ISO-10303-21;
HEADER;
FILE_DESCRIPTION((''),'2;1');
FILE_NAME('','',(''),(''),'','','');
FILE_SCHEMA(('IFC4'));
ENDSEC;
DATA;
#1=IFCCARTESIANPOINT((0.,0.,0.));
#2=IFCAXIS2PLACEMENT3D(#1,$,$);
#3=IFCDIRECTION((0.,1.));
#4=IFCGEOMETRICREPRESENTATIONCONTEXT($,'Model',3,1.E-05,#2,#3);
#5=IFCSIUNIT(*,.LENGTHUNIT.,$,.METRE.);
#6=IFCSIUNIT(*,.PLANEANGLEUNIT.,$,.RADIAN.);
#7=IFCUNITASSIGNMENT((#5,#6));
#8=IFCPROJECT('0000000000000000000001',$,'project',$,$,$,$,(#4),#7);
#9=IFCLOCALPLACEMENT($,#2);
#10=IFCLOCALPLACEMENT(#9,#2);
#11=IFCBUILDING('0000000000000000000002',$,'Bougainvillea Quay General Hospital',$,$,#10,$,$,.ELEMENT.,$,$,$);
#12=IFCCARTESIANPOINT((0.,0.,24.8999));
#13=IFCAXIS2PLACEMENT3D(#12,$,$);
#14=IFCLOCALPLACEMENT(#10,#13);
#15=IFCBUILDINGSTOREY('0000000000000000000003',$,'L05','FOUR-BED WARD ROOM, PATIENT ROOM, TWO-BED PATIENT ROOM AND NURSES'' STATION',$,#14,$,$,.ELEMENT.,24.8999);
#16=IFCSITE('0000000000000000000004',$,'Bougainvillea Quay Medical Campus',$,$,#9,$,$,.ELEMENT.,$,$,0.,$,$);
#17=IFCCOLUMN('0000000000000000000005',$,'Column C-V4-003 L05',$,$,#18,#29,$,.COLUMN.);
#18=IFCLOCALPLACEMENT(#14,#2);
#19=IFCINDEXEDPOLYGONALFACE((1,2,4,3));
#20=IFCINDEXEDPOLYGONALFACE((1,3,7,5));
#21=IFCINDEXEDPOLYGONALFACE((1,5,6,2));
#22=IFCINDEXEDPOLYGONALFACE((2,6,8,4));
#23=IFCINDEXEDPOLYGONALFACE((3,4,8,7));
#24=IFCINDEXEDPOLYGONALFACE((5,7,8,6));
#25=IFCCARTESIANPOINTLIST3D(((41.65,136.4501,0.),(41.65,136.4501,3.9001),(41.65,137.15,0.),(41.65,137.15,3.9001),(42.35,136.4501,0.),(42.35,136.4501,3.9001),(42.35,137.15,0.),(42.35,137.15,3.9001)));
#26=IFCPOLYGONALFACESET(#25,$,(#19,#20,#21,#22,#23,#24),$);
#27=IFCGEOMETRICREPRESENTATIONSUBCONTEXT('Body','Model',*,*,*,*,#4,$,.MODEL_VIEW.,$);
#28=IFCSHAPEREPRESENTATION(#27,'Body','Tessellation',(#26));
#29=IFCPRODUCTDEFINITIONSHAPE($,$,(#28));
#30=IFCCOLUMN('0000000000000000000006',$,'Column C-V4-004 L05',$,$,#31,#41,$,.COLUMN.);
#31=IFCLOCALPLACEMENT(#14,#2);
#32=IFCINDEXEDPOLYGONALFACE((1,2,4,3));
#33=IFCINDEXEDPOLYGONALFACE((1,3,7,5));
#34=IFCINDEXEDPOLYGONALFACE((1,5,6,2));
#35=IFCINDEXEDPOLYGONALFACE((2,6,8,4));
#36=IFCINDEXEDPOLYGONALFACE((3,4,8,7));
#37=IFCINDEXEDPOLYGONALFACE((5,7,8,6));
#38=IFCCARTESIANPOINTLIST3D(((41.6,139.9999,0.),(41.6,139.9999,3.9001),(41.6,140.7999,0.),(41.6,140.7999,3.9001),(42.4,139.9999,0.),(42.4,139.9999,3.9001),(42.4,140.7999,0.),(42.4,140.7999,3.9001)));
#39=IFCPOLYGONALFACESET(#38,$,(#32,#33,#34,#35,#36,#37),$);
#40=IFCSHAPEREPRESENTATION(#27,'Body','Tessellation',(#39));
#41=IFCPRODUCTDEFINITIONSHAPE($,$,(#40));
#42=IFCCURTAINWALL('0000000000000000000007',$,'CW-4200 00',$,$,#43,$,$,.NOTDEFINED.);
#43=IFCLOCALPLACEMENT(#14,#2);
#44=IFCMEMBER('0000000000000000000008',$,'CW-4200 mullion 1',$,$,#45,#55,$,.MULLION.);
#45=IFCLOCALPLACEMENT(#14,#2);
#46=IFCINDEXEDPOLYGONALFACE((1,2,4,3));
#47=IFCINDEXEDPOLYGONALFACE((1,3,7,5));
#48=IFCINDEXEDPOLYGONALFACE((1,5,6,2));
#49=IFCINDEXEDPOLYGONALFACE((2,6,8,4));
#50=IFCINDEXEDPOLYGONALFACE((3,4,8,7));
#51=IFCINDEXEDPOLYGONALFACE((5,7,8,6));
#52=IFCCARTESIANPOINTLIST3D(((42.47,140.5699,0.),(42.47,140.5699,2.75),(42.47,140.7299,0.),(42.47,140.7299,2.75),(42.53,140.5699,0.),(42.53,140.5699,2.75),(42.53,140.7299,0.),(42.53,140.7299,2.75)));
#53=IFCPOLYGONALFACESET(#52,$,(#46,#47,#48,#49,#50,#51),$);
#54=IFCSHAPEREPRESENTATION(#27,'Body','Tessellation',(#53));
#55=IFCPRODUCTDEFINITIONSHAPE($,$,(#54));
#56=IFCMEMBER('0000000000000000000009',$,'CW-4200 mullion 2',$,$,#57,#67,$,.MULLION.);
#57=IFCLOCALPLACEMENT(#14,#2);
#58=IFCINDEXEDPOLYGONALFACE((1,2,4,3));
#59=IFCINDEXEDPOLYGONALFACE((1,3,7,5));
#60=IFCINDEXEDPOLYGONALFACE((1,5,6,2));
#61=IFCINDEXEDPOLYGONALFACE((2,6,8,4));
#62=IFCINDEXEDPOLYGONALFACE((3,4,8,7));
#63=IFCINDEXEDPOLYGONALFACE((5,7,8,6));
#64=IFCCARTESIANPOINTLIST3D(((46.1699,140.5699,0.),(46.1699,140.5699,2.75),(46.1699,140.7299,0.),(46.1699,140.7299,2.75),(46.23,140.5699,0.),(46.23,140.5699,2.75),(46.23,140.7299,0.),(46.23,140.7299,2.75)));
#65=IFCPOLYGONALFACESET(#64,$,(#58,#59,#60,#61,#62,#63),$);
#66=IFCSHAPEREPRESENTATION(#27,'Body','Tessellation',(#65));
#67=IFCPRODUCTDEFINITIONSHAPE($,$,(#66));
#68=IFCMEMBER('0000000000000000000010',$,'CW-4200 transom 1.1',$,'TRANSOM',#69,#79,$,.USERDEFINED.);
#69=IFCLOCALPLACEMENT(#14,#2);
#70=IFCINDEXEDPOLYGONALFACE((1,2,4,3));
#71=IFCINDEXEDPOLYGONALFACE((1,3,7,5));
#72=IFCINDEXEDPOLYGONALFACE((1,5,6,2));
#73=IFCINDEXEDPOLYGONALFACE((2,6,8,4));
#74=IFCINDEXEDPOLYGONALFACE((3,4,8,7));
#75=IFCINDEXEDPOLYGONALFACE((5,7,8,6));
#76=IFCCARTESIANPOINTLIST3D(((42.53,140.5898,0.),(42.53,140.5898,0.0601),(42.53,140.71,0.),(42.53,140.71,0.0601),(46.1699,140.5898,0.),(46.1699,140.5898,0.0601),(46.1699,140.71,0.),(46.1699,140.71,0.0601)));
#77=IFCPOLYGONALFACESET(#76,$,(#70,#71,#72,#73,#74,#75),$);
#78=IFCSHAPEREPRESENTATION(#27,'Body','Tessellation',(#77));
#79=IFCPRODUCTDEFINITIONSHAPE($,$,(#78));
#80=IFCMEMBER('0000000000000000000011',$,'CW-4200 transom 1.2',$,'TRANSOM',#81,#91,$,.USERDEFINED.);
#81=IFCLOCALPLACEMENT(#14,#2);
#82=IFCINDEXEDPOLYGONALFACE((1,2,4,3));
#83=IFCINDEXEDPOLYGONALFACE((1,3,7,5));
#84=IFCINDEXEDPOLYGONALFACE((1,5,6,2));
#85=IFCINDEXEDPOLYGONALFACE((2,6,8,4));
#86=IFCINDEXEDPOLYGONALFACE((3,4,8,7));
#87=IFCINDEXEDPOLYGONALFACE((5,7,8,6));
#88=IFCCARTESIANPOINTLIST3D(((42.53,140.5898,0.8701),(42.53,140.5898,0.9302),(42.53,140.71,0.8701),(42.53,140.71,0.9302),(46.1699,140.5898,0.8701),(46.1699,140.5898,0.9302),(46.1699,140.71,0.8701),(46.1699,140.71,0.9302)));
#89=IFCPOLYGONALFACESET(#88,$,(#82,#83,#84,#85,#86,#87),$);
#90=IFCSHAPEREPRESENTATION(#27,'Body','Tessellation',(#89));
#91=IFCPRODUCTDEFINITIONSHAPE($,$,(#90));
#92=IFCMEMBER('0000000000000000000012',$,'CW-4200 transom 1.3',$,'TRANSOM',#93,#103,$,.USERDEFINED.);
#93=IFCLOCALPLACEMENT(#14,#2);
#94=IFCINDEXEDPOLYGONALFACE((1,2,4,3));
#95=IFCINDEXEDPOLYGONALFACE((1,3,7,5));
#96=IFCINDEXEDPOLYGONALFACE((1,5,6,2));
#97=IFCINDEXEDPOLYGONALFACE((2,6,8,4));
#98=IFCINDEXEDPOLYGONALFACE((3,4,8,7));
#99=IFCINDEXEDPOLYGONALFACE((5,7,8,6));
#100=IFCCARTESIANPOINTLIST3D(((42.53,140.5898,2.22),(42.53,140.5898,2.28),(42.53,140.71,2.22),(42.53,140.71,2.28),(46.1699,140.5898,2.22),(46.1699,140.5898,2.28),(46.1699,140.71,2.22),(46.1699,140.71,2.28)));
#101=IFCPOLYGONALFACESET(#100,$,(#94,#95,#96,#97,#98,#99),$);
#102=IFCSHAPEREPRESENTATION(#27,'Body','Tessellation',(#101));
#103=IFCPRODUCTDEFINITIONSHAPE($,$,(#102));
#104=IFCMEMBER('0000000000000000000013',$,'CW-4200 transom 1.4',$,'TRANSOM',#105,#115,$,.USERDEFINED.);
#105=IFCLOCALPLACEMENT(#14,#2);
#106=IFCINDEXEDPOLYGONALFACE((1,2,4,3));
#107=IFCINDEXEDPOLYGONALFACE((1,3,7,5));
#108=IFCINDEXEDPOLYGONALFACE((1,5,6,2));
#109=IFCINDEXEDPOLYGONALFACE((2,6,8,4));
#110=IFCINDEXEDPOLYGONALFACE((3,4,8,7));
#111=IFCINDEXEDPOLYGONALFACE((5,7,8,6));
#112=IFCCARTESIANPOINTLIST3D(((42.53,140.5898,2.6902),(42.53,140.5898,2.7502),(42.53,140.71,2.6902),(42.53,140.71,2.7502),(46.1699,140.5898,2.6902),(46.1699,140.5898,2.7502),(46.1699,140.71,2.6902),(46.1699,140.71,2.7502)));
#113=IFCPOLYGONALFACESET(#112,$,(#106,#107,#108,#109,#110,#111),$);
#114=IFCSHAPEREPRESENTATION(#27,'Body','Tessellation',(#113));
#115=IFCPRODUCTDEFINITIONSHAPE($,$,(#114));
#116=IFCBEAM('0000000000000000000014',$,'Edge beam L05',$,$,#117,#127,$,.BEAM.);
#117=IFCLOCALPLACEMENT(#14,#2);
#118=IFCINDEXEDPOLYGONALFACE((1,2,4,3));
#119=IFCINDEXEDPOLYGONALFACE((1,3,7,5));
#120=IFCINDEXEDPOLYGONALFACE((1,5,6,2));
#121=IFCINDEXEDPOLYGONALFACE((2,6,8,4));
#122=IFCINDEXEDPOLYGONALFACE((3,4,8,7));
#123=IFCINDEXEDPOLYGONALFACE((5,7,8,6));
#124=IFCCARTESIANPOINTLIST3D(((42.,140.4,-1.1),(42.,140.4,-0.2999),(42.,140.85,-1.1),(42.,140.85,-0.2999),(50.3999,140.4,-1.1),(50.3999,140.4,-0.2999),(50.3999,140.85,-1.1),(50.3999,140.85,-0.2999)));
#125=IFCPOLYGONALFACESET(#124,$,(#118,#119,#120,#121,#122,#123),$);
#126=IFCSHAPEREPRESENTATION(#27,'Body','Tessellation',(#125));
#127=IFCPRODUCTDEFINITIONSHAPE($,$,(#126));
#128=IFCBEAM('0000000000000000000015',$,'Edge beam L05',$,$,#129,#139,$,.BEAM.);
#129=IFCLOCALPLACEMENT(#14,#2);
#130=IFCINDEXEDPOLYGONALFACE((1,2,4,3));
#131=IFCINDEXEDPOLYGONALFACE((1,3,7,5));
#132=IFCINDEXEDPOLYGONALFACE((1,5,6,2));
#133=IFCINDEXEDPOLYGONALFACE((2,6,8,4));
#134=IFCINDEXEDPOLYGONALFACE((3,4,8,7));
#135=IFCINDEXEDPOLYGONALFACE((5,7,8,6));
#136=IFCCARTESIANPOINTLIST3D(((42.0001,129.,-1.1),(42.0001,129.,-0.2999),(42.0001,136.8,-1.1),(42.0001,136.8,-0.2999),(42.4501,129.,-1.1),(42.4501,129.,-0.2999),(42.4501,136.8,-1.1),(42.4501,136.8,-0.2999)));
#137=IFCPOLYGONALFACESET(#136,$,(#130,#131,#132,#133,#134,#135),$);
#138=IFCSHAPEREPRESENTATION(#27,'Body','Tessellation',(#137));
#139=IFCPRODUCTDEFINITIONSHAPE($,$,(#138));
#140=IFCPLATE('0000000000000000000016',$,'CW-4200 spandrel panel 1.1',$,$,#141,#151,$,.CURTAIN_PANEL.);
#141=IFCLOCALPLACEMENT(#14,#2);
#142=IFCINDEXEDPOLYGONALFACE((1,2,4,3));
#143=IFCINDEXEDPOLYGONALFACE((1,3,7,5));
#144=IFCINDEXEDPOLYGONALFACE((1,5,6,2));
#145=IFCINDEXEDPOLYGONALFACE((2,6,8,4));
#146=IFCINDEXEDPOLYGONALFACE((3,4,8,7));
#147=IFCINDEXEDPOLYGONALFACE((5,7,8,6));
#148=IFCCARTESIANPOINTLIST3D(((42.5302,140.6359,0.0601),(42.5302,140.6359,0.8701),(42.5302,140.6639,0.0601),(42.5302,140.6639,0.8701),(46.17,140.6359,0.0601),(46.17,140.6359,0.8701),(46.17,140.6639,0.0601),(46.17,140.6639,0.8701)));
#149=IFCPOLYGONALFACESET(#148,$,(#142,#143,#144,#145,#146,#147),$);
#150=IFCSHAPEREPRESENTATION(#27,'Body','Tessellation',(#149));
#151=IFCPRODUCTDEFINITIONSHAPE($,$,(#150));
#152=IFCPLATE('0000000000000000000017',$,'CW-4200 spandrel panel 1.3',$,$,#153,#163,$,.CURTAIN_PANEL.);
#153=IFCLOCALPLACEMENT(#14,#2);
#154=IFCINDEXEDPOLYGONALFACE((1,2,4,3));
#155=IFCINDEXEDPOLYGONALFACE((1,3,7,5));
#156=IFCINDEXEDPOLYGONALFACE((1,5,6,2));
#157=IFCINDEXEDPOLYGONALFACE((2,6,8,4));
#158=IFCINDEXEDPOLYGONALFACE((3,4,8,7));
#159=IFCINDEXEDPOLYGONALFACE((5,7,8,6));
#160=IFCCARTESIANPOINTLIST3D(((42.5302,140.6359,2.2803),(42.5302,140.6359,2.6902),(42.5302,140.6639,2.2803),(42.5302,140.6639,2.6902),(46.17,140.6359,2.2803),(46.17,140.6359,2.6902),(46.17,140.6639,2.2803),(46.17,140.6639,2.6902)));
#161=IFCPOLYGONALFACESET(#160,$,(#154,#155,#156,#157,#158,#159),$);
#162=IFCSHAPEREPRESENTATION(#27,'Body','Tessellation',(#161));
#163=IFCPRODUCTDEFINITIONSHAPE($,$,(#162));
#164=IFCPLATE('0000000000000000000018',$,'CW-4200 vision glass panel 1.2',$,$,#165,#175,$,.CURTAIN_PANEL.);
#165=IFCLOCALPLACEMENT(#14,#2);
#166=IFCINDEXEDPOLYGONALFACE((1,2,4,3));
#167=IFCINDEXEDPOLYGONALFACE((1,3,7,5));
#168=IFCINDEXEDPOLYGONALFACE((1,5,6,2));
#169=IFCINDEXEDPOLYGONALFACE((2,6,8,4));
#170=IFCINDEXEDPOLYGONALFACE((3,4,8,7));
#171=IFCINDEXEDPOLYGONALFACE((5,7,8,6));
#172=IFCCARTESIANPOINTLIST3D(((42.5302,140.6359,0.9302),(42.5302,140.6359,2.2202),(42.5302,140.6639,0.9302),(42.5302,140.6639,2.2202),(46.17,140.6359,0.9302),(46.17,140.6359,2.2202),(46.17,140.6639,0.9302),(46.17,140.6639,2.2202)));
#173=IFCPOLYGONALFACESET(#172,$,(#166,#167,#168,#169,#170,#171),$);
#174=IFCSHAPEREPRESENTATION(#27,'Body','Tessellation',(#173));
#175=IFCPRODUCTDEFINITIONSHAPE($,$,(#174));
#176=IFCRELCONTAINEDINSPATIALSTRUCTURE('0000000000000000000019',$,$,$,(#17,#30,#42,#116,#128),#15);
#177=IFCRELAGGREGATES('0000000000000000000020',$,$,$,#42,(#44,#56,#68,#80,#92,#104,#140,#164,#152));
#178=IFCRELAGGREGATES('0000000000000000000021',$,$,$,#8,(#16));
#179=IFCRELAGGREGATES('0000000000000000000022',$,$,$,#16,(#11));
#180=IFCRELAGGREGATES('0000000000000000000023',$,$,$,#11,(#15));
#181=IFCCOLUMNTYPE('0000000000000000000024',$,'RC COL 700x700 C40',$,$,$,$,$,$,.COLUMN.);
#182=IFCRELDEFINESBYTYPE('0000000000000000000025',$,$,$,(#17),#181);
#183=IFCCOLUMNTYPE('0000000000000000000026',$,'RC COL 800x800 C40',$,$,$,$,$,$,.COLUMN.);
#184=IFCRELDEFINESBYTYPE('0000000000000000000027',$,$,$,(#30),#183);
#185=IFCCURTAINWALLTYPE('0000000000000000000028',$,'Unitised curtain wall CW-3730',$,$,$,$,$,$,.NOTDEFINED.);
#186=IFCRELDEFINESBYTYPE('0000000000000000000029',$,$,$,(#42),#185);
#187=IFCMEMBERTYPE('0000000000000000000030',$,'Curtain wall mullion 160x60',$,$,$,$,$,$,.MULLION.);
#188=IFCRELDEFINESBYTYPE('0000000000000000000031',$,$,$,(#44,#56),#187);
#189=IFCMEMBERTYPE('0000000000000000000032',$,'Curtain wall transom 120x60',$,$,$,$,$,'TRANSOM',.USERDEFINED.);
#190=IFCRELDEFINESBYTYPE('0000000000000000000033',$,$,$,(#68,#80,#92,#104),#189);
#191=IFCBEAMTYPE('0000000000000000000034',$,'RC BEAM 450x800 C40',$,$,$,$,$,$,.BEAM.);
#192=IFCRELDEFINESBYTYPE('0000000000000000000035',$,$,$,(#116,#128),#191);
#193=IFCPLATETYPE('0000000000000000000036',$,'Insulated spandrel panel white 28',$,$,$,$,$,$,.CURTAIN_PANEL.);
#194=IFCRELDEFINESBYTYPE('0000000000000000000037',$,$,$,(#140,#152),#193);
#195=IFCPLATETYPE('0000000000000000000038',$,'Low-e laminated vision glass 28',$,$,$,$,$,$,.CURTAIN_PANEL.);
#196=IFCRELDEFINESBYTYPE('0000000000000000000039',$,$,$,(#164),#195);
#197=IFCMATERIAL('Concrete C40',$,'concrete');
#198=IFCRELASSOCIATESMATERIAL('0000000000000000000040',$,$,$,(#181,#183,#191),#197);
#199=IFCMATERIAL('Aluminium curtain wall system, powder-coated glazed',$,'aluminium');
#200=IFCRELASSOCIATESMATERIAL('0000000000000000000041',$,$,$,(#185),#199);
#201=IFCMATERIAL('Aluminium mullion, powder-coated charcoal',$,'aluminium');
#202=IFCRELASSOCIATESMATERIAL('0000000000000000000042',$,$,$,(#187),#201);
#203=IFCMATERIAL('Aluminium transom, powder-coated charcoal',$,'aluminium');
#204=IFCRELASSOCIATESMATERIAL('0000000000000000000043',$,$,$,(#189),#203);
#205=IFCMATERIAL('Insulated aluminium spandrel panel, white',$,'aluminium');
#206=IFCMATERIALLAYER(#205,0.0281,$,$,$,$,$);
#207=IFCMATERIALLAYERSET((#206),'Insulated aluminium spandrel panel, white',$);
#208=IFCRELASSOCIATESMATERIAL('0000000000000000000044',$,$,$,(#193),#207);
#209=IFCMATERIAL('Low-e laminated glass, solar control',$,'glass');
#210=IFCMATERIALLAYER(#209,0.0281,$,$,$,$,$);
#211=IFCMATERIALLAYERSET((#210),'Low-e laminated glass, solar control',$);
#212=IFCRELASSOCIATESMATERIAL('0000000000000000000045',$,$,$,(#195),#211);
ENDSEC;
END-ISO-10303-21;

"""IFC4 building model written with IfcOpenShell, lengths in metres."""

from ifc_helpers import new_model, si_unit, direction, frame, origin, origin_2d, place, context, subcontext, project, spatial, rectangle, extrude, material, layer, layer_set, material_profile, profile_set, type_object, element, aggregate, save


model = new_model("IFC4")

# Units and contexts
model_context = context("Model", 3, precision=1e-05, world=origin(), true_north=direction((0.0, 1.0)))
body_context = subcontext(model_context, "Body", "Model", "MODEL_VIEW")
ifc_project = project(units=[si_unit("LENGTHUNIT", "METRE"), si_unit("PLANEANGLEUNIT", "RADIAN")], contexts=[model_context])

# Site, building, storey
site_placement = place(None, origin())
site = spatial("IfcSite", under=ifc_project, at=site_placement, Name="Bougainvillea Quay Medical Campus", CompositionType="ELEMENT", RefElevation=0.0)
building_placement = place(site_placement, origin())
building = spatial("IfcBuilding", under=site, at=building_placement, Name="Bougainvillea Quay General Hospital", CompositionType="ELEMENT")
storey_placement = place(building_placement, frame((0.0, 0.0, 24.8999)))
storey = spatial("IfcBuildingStorey", under=building, at=storey_placement, Name="L05", Description="FOUR-BED WARD ROOM, PATIENT ROOM, TWO-BED PATIENT ROOM AND NURSES' STATION", CompositionType="ELEMENT", Elevation=24.8999)

# Columns
ifc_material_1 = material(Name="Concrete C40", Category="concrete")
ifc_material_profile_1 = material_profile(ifc_material_1, rectangle(XDim=0.7, YDim=0.7, at=origin_2d()))
ifc_profile_set_1 = profile_set([ifc_material_profile_1], Name="Concrete C40")
column_type_1 = type_object("IfcColumnType", Name="RC COL 700x700 C40", PredefinedType="COLUMN", material=ifc_profile_set_1)
column_1_placement = place(storey_placement, frame((42.0, 136.8, 0.0), z_axis=(0.0, 0.0, 1.0), x_axis=(1.0, 0.0, 0.0)))
element("IfcColumn", 1, at=column_1_placement, inside=storey, type_object=column_type_1, Name="Column C-V4-003 L05", PredefinedType="COLUMN", context=body_context, shape_type="SweptSolid", body=[
    extrude(rectangle(XDim=0.7, YDim=0.7, at=origin_2d()), origin(), (0.0, 0.0, 1.0), 3.9001),
])
ifc_material_profile_2 = material_profile(ifc_material_1, rectangle(XDim=0.8, YDim=0.8, at=origin_2d()))
ifc_profile_set_2 = profile_set([ifc_material_profile_2], Name="Concrete C40")
column_type_2 = type_object("IfcColumnType", Name="RC COL 800x800 C40", PredefinedType="COLUMN", material=ifc_profile_set_2)
column_2_placement = place(storey_placement, frame((42.0, 140.3999, 0.0), z_axis=(0.0, 0.0, 1.0), x_axis=(1.0, 0.0, 0.0)))
element("IfcColumn", 2, at=column_2_placement, inside=storey, type_object=column_type_2, Name="Column C-V4-004 L05", PredefinedType="COLUMN", context=body_context, shape_type="SweptSolid", body=[
    extrude(rectangle(XDim=0.8, YDim=0.8, at=origin_2d()), origin(), (0.0, 0.0, 1.0), 3.9001),
])

# Curtain wall, members
ifc_material_2 = material(Name="Aluminium curtain wall system, powder-coated glazed", Category="aluminium")
curtain_wall_type = type_object("IfcCurtainWallType", Name="Unitised curtain wall CW-3730", PredefinedType="NOTDEFINED", material=ifc_material_2)
curtain_wall_placement = place(storey_placement, origin())
curtain_wall = element("IfcCurtainWall", 3, at=curtain_wall_placement, inside=storey, type_object=curtain_wall_type, Name="CW-4200 00", PredefinedType="NOTDEFINED")
ifc_material_3 = material(Name="Aluminium mullion, powder-coated charcoal", Category="aluminium")
ifc_material_profile_3 = material_profile(ifc_material_3, rectangle(XDim=0.1599, YDim=0.0601, at=origin_2d()))
ifc_profile_set_3 = profile_set([ifc_material_profile_3], Name="Aluminium mullion, powder-coated charcoal")
member_type_1 = type_object("IfcMemberType", Name="Curtain wall mullion 160x60", PredefinedType="MULLION", material=ifc_profile_set_3)
member_1_placement = place(storey_placement, frame((42.5, 140.6499, 0.0), z_axis=(0.0, 0.0, 1.0), x_axis=(0.0, 1.0, 0.0)))
member_1 = element("IfcMember", 4, at=member_1_placement, type_object=member_type_1, Name="CW-4200 mullion 1", PredefinedType="MULLION", context=body_context, shape_type="SweptSolid", body=[
    extrude(rectangle(XDim=0.1599, YDim=0.0601, at=origin_2d()), origin(), (0.0, 0.0, 1.0), 2.75),
])
member_2_placement = place(storey_placement, frame((46.2, 140.6499, 0.0), z_axis=(0.0, 0.0, 1.0), x_axis=(0.0, 1.0, 0.0)))
member_2 = element("IfcMember", 5, at=member_2_placement, type_object=member_type_1, Name="CW-4200 mullion 2", PredefinedType="MULLION", context=body_context, shape_type="SweptSolid", body=[
    extrude(rectangle(XDim=0.1599, YDim=0.0601, at=origin_2d()), origin(), (0.0, 0.0, 1.0), 2.75),
])
ifc_material_4 = material(Name="Aluminium transom, powder-coated charcoal", Category="aluminium")
ifc_material_profile_4 = material_profile(ifc_material_4, rectangle(XDim=0.1201, YDim=0.0601, at=origin_2d()))
ifc_profile_set_4 = profile_set([ifc_material_profile_4], Name="Aluminium transom, powder-coated charcoal")
member_type_2 = type_object("IfcMemberType", Name="Curtain wall transom 120x60", ElementType="TRANSOM", PredefinedType="USERDEFINED", material=ifc_profile_set_4)
member_3_placement = place(storey_placement, frame((42.53, 140.6499, 0.03), z_axis=(1.0, 0.0, 0.0), x_axis=(0.0, 1.0, 0.0)))
member_3 = element("IfcMember", 6, at=member_3_placement, type_object=member_type_2, Name="CW-4200 transom 1.1", ObjectType="TRANSOM", PredefinedType="USERDEFINED", context=body_context, shape_type="SweptSolid", body=[
    extrude(rectangle(XDim=0.1201, YDim=0.0601, at=origin_2d()), origin(), (0.0, 0.0, 1.0), 3.6399),
])
member_4_placement = place(storey_placement, frame((42.53, 140.6499, 0.9001), z_axis=(1.0, 0.0, 0.0), x_axis=(0.0, 1.0, 0.0)))
member_4 = element("IfcMember", 7, at=member_4_placement, type_object=member_type_2, Name="CW-4200 transom 1.2", ObjectType="TRANSOM", PredefinedType="USERDEFINED", context=body_context, shape_type="SweptSolid", body=[
    extrude(rectangle(XDim=0.1201, YDim=0.0601, at=origin_2d()), origin(), (0.0, 0.0, 1.0), 3.6399),
])
member_5_placement = place(storey_placement, frame((42.53, 140.6499, 2.25), z_axis=(1.0, 0.0, 0.0), x_axis=(0.0, 1.0, 0.0)))
member_5 = element("IfcMember", 8, at=member_5_placement, type_object=member_type_2, Name="CW-4200 transom 1.3", ObjectType="TRANSOM", PredefinedType="USERDEFINED", context=body_context, shape_type="SweptSolid", body=[
    extrude(rectangle(XDim=0.1201, YDim=0.0601, at=origin_2d()), origin(), (0.0, 0.0, 1.0), 3.6399),
])
member_6_placement = place(storey_placement, frame((42.53, 140.6499, 2.7202), z_axis=(1.0, 0.0, 0.0), x_axis=(0.0, 1.0, 0.0)))
member_6 = element("IfcMember", 9, at=member_6_placement, type_object=member_type_2, Name="CW-4200 transom 1.4", ObjectType="TRANSOM", PredefinedType="USERDEFINED", context=body_context, shape_type="SweptSolid", body=[
    extrude(rectangle(XDim=0.1201, YDim=0.0601, at=origin_2d()), origin(), (0.0, 0.0, 1.0), 3.6399),
])

# Beams
ifc_material_profile_5 = material_profile(ifc_material_1, rectangle(XDim=0.45, YDim=0.8, at=origin_2d()))
ifc_profile_set_5 = profile_set([ifc_material_profile_5], Name="Concrete C40")
beam_type = type_object("IfcBeamType", Name="RC BEAM 450x800 C40", PredefinedType="BEAM", material=ifc_profile_set_5)
beam_1_placement = place(storey_placement, frame((42.0, 140.625, -0.7), z_axis=(1.0, 0.0, 0.0), x_axis=(0.0, 1.0, 0.0)))
element("IfcBeam", 10, at=beam_1_placement, inside=storey, type_object=beam_type, Name="Edge beam L05", PredefinedType="BEAM", context=body_context, shape_type="SweptSolid", body=[
    extrude(rectangle(XDim=0.45, YDim=0.8, at=origin_2d()), origin(), (0.0, 0.0, 1.0), 8.3999),
])
beam_2_placement = place(storey_placement, frame((42.2251, 136.8, -0.7), z_axis=(0.0, -1.0, 0.0), x_axis=(1.0, 0.0, 0.0)))
element("IfcBeam", 11, at=beam_2_placement, inside=storey, type_object=beam_type, Name="Edge beam L05", PredefinedType="BEAM", context=body_context, shape_type="SweptSolid", body=[
    extrude(rectangle(XDim=0.45, YDim=0.8, at=origin_2d()), origin(), (0.0, 0.0, 1.0), 7.8),
])

# Plates
ifc_material_5 = material(Name="Insulated aluminium spandrel panel, white", Category="aluminium")
ifc_layer_1 = layer(ifc_material_5, 0.0281)
ifc_layer_set_1 = layer_set([ifc_layer_1], Name="Insulated aluminium spandrel panel, white")
plate_type_1 = type_object("IfcPlateType", Name="Insulated spandrel panel white 28", PredefinedType="CURTAIN_PANEL", material=ifc_layer_set_1)
plate_1_placement = place(storey_placement, frame((44.3501, 140.6499, 0.0601), z_axis=(0.0, 0.0, 1.0), x_axis=(1.0, 0.0, 0.0)))
plate_1 = element("IfcPlate", 12, at=plate_1_placement, type_object=plate_type_1, Name="CW-4200 spandrel panel 1.1", PredefinedType="CURTAIN_PANEL", context=body_context, shape_type="SweptSolid", body=[
    extrude(rectangle(XDim=3.6399, YDim=0.0281, at=origin_2d()), origin(), (0.0, 0.0, 1.0), 0.8101),
])
plate_2_placement = place(storey_placement, frame((44.3501, 140.6499, 2.2803), z_axis=(0.0, 0.0, 1.0), x_axis=(1.0, 0.0, 0.0)))
plate_2 = element("IfcPlate", 13, at=plate_2_placement, type_object=plate_type_1, Name="CW-4200 spandrel panel 1.3", PredefinedType="CURTAIN_PANEL", context=body_context, shape_type="SweptSolid", body=[
    extrude(rectangle(XDim=3.6399, YDim=0.0281, at=origin_2d()), origin(), (0.0, 0.0, 1.0), 0.4099),
])
ifc_material_6 = material(Name="Low-e laminated glass, solar control", Category="glass")
ifc_layer_2 = layer(ifc_material_6, 0.0281)
ifc_layer_set_2 = layer_set([ifc_layer_2], Name="Low-e laminated glass, solar control")
plate_type_2 = type_object("IfcPlateType", Name="Low-e laminated vision glass 28", PredefinedType="CURTAIN_PANEL", material=ifc_layer_set_2)
plate_3_placement = place(storey_placement, frame((44.3501, 140.6499, 0.9302), z_axis=(0.0, 0.0, 1.0), x_axis=(1.0, 0.0, 0.0)))
plate_3 = element("IfcPlate", 14, at=plate_3_placement, type_object=plate_type_2, Name="CW-4200 vision glass panel 1.2", PredefinedType="CURTAIN_PANEL", context=body_context, shape_type="SweptSolid", body=[
    extrude(rectangle(XDim=3.6399, YDim=0.0281, at=origin_2d()), origin(), (0.0, 0.0, 1.0), 1.29),
])
aggregate(curtain_wall, [member_1, member_2, member_3, member_4, member_5, member_6, plate_1, plate_3, plate_2])

save(model, "model.ifc")
